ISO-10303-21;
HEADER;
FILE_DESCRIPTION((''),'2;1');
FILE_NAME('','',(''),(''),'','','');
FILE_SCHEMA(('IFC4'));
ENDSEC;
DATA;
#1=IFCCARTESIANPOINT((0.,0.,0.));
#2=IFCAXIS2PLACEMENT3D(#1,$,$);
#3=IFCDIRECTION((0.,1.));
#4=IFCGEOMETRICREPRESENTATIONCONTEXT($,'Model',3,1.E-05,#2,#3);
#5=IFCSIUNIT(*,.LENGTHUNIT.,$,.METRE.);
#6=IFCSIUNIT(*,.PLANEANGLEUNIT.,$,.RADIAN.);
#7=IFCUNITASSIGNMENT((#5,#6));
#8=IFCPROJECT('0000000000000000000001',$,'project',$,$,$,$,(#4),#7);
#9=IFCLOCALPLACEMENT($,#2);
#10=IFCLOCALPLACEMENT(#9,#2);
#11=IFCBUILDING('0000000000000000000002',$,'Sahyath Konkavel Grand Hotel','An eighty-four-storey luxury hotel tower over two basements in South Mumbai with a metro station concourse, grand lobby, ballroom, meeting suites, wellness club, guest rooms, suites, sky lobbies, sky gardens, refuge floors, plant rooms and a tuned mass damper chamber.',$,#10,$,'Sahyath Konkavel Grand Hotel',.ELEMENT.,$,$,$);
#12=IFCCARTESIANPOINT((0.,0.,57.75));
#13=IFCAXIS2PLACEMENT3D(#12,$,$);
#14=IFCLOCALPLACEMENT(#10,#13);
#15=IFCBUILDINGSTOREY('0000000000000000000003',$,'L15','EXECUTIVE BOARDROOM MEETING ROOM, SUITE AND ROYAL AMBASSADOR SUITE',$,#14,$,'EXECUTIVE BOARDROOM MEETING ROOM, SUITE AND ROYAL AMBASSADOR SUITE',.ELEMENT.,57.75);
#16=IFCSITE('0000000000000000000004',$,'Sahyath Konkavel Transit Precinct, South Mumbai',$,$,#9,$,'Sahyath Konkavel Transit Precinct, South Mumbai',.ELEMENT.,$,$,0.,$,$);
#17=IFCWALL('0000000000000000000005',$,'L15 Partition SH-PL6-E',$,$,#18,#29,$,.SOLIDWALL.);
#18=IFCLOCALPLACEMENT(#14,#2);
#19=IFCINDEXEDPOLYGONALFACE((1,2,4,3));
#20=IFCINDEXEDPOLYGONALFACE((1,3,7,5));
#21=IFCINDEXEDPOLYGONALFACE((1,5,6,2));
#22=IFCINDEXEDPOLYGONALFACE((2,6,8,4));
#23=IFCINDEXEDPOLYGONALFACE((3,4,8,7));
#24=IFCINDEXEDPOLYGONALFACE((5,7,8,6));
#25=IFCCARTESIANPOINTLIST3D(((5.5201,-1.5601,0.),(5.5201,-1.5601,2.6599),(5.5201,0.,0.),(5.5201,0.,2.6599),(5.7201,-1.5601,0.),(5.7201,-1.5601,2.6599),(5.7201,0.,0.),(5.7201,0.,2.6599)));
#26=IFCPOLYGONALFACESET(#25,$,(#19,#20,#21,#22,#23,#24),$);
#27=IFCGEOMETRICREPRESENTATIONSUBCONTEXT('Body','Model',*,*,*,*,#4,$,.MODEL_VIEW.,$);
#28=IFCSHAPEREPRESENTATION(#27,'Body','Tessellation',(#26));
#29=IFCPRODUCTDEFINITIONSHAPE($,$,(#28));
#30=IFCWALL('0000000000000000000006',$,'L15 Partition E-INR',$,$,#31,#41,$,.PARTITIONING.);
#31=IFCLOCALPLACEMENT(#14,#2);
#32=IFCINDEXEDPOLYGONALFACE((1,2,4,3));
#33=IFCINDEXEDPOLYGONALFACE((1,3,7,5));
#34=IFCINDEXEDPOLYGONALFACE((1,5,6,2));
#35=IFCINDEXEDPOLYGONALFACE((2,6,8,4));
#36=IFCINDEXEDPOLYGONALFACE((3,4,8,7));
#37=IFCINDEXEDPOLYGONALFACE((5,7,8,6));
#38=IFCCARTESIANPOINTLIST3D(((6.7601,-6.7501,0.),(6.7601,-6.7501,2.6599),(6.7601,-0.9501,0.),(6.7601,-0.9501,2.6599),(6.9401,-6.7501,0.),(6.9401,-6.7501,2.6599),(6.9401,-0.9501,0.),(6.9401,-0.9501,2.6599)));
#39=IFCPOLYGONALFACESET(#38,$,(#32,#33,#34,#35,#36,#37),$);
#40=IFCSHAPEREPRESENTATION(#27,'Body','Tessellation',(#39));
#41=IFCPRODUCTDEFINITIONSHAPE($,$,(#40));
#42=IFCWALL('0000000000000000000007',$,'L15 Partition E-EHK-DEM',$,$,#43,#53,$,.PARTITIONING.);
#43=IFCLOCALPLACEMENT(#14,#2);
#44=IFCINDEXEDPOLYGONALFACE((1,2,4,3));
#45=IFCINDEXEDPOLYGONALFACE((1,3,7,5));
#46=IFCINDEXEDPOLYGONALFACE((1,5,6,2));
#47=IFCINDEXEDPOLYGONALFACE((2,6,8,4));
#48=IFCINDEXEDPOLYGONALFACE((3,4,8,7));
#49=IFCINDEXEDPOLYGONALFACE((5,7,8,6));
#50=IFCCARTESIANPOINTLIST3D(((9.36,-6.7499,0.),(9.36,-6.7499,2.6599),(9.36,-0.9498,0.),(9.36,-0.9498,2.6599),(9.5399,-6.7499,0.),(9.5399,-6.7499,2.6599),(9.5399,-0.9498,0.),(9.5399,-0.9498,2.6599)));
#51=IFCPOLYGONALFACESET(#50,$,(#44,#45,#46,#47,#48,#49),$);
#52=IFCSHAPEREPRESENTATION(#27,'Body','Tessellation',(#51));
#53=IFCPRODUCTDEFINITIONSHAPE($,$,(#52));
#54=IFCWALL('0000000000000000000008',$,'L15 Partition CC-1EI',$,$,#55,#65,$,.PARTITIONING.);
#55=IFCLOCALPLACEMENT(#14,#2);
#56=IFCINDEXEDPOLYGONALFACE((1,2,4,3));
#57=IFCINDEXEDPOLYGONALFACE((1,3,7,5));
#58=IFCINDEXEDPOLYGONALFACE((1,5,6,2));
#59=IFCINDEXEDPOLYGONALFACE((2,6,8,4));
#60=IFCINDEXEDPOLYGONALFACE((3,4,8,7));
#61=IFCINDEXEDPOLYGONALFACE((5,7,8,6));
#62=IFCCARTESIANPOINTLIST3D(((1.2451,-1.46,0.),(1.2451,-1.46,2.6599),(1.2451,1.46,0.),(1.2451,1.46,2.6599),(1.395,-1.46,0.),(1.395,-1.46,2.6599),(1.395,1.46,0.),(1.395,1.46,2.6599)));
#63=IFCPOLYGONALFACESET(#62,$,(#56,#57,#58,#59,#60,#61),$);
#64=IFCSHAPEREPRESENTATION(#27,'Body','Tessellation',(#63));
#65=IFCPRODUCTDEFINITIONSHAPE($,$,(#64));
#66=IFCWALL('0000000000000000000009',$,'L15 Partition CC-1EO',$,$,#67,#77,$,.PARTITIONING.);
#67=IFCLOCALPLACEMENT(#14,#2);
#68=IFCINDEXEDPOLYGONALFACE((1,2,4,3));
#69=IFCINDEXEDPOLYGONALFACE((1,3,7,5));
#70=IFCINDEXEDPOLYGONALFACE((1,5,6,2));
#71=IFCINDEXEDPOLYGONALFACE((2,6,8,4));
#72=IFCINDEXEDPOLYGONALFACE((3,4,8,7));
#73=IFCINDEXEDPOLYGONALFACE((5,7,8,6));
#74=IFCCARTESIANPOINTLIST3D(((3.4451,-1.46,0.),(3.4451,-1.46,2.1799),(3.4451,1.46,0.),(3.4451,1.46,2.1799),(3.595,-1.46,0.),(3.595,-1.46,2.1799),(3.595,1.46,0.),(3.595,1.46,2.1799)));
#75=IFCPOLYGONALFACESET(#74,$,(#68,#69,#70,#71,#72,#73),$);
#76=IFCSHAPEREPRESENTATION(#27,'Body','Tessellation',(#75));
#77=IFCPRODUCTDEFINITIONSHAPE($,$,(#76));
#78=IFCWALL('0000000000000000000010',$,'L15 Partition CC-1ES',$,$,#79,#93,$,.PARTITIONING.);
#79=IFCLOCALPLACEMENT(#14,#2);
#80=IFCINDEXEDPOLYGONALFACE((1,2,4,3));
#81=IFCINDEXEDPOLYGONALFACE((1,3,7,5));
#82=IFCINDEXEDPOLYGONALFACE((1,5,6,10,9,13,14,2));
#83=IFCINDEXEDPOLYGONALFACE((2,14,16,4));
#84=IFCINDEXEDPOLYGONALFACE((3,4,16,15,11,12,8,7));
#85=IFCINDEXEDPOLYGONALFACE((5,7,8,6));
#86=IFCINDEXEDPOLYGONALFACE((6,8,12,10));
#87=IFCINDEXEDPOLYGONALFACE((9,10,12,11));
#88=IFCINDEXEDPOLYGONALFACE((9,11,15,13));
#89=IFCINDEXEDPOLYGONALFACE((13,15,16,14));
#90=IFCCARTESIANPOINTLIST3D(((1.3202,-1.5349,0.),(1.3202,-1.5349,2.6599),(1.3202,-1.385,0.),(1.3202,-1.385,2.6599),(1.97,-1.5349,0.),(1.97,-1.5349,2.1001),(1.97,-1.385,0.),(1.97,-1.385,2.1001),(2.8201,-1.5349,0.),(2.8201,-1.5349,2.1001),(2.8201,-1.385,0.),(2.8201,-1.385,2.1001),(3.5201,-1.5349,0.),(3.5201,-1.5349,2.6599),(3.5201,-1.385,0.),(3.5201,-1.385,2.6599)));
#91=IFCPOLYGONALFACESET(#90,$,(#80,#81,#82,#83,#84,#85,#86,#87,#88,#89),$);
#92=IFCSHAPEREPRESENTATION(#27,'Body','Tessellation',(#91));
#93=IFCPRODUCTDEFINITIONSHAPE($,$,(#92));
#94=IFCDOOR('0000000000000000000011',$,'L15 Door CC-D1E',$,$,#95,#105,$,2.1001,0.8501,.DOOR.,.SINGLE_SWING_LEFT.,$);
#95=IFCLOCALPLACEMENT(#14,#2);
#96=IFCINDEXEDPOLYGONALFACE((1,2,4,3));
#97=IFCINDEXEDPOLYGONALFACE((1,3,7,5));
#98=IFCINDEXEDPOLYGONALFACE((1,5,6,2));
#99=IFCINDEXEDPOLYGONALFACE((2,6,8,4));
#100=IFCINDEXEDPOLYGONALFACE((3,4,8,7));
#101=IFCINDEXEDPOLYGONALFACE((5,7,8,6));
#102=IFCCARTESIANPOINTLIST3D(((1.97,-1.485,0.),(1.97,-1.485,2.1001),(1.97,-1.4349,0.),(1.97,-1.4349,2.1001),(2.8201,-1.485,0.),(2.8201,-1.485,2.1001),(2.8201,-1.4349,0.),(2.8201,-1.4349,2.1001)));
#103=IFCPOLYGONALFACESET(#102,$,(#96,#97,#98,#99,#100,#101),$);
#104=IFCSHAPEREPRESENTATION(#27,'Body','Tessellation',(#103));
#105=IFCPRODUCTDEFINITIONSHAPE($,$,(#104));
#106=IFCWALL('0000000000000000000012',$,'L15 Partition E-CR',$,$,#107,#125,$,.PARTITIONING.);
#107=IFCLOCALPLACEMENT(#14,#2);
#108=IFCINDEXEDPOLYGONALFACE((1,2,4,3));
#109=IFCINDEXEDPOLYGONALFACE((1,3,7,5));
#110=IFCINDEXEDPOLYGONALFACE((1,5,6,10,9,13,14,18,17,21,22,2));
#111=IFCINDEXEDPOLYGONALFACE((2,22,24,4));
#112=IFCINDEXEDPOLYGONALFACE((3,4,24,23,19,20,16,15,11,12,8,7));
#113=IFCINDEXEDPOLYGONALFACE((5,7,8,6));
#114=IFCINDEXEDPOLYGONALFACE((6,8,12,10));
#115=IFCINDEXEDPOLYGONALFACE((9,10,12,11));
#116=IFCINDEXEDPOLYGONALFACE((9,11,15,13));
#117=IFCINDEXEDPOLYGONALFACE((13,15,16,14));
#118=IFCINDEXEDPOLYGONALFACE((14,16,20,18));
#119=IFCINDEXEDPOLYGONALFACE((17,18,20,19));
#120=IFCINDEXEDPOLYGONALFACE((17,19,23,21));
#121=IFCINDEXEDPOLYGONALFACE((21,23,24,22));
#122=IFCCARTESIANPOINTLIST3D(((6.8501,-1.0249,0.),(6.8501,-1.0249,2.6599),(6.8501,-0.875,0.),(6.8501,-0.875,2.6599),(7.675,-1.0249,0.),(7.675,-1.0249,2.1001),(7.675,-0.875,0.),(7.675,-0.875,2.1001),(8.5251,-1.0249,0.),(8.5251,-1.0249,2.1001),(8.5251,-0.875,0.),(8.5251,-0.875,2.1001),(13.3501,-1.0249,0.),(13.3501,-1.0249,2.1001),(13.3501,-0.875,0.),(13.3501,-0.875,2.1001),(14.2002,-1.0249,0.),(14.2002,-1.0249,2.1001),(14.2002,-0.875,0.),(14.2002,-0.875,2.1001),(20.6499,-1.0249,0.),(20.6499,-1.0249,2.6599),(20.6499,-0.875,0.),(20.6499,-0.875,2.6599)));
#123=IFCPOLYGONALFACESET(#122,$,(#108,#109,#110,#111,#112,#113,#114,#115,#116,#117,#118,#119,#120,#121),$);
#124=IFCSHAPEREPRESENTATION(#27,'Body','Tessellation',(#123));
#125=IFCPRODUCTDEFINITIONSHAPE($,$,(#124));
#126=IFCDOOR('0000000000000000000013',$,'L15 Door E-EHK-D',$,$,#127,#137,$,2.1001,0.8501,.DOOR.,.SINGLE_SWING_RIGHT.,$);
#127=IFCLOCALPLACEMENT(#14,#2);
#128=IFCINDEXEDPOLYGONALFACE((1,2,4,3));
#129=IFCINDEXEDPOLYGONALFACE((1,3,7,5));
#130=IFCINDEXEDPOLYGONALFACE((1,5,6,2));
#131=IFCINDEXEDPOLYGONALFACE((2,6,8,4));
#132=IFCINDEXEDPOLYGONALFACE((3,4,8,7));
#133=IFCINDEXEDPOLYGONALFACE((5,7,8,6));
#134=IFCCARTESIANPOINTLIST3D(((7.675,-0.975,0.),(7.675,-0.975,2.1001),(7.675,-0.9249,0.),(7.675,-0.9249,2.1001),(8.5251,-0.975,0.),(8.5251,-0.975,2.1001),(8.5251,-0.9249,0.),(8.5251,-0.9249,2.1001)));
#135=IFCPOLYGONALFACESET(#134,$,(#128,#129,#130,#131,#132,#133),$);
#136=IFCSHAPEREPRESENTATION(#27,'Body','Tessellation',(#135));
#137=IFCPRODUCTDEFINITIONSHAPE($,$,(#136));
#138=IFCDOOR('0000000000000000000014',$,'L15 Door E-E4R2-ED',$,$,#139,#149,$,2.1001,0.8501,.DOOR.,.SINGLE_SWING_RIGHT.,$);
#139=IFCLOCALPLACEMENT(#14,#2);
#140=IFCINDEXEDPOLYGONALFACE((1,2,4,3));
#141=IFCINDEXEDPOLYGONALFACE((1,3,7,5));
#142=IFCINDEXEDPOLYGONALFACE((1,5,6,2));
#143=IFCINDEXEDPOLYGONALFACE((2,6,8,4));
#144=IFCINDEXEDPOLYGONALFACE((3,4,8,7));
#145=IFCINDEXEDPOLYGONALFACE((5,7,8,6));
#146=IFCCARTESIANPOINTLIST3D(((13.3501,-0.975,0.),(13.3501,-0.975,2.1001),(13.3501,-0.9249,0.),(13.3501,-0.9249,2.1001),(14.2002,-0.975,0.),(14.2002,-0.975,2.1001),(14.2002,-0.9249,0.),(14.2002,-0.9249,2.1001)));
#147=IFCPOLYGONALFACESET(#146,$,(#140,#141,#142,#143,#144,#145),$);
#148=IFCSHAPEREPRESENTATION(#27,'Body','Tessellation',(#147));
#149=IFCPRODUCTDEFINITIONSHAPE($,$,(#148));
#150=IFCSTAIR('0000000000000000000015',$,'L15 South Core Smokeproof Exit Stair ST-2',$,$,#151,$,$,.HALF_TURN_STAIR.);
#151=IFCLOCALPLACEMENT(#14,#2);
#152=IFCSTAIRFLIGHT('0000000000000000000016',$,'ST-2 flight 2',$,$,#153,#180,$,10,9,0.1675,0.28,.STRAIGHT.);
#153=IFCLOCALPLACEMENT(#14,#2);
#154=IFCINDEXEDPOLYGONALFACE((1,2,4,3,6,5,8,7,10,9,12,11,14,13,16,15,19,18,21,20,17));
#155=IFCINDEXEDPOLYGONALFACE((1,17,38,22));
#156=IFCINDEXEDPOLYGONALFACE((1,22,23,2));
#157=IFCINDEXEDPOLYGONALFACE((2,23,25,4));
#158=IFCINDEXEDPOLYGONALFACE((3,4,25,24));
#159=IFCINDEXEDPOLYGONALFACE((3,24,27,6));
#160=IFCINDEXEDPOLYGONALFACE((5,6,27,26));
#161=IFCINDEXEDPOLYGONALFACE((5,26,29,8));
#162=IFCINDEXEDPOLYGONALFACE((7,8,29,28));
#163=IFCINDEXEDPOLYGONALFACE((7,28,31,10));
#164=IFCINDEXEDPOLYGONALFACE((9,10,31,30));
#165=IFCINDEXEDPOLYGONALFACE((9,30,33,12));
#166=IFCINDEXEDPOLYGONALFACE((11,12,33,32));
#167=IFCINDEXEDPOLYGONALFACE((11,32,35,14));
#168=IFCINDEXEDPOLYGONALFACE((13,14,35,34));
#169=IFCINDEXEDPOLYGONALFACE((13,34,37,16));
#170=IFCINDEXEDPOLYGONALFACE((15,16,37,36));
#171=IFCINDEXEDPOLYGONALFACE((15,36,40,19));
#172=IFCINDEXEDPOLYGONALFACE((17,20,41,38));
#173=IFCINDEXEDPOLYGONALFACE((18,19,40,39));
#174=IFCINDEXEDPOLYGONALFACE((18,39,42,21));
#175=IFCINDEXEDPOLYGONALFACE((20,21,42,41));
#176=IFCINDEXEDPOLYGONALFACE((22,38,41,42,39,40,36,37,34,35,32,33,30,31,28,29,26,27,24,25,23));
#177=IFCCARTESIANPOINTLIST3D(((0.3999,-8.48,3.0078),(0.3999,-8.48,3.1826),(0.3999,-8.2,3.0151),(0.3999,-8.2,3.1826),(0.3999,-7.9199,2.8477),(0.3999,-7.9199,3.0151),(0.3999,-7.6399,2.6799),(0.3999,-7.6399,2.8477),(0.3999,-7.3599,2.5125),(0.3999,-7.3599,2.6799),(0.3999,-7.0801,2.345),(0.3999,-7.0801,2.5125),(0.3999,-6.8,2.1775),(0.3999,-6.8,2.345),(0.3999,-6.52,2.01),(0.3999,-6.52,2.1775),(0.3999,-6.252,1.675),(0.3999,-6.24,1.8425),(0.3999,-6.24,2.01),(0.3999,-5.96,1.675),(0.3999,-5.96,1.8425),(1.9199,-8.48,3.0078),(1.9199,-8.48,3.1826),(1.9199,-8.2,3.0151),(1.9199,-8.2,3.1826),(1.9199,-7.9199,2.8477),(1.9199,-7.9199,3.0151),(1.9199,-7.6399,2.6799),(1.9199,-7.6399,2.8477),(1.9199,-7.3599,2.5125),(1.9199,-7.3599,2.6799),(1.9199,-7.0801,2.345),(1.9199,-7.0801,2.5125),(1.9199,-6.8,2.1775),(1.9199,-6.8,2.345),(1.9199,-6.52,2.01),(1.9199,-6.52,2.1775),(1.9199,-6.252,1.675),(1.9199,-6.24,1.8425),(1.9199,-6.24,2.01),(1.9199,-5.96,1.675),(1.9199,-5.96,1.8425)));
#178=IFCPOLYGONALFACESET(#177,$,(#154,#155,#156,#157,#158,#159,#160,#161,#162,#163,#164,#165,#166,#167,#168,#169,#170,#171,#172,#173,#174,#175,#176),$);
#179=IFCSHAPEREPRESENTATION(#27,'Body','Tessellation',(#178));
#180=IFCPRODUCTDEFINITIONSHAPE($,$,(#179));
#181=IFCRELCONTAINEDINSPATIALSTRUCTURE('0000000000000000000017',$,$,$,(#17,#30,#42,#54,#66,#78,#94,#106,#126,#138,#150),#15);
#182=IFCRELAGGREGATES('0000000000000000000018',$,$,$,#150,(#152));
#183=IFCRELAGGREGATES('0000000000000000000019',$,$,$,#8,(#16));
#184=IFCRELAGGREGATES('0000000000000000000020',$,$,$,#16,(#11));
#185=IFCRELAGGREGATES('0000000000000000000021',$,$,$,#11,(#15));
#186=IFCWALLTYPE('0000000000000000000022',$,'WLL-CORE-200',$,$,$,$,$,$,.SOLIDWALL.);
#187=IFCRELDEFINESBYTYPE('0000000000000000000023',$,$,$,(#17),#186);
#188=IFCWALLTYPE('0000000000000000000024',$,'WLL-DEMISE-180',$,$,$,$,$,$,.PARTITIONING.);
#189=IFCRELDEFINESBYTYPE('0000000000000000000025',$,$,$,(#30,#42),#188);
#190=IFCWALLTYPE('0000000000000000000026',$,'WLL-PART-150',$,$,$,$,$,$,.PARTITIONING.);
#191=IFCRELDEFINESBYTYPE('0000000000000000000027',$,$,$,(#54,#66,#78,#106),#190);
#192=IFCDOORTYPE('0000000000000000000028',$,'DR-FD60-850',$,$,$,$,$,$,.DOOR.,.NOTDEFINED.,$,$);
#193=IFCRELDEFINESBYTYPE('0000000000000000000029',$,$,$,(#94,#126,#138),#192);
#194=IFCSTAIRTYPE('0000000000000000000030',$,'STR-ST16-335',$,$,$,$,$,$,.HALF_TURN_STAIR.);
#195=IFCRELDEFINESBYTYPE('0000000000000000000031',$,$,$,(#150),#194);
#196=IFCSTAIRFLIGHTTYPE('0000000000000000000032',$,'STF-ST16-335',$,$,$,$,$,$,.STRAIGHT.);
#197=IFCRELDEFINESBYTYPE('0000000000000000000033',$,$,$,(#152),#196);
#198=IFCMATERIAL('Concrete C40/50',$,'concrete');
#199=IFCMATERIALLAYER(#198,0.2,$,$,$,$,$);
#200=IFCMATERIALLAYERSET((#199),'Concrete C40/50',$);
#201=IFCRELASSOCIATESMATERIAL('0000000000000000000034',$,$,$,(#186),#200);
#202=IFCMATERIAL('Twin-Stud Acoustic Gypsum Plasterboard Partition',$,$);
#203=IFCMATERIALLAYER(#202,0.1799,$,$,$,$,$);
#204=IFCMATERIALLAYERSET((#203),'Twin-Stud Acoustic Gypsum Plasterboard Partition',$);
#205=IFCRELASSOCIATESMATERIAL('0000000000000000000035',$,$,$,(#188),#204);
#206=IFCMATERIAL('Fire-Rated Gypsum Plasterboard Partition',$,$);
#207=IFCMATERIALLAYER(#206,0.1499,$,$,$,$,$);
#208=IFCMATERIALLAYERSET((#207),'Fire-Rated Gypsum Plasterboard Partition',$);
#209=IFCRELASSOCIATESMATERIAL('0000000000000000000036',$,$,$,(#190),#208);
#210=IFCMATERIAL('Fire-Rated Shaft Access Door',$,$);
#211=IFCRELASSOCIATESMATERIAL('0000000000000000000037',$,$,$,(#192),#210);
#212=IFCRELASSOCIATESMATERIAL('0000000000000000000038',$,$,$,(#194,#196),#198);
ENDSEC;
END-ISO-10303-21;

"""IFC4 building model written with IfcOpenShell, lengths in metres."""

from ifc_helpers import new_model, si_unit, direction, frame, frame_2d, origin, origin_2d, place, context, subcontext, project, spatial, polyline, rectangle, outline, extrude, source, transform, mapped, material, layer, layer_set, type_object, element, fill, aggregate, save


model = new_model("IFC4")

# Units and contexts
model_context = context("Model", 3, precision=1e-05, world=origin(), true_north=direction((0.0, 1.0)))
body_context = subcontext(model_context, "Body", "Model", "MODEL_VIEW")
ifc_project = project(units=[si_unit("LENGTHUNIT", "METRE"), si_unit("PLANEANGLEUNIT", "RADIAN")], contexts=[model_context])

# Site, building, storey
site_placement = place(None, origin())
site = spatial("IfcSite", under=ifc_project, at=site_placement, Name="Sahyath Konkavel Transit Precinct, South Mumbai", LongName="Sahyath Konkavel Transit Precinct, South Mumbai", CompositionType="ELEMENT", RefElevation=0.0)
building_placement = place(site_placement, origin())
building = spatial("IfcBuilding", under=site, at=building_placement, Name="Sahyath Konkavel Grand Hotel", Description="An eighty-four-storey luxury hotel tower over two basements in South Mumbai with a metro station concourse, grand lobby, ballroom, meeting suites, wellness club, guest rooms, suites, sky lobbies, sky gardens, refuge floors, plant rooms and a tuned mass damper chamber.", LongName="Sahyath Konkavel Grand Hotel", CompositionType="ELEMENT")
storey_placement = place(building_placement, frame((0.0, 0.0, 57.75)))
storey = spatial("IfcBuildingStorey", under=building, at=storey_placement, Name="L15", Description="EXECUTIVE BOARDROOM MEETING ROOM, SUITE AND ROYAL AMBASSADOR SUITE", LongName="EXECUTIVE BOARDROOM MEETING ROOM, SUITE AND ROYAL AMBASSADOR SUITE", CompositionType="ELEMENT", Elevation=57.75)

# Shared definitions
ifc_material_1 = material(Name="Concrete C40/50", Category="concrete")

# Walls
ifc_layer_1 = layer(ifc_material_1, 0.2)
ifc_layer_set_1 = layer_set([ifc_layer_1], Name="Concrete C40/50")
wall_type_1 = type_object("IfcWallType", Name="WLL-CORE-200", PredefinedType="SOLIDWALL", material=ifc_layer_set_1)
wall_1_placement = place(storey_placement, frame((5.6201, -1.5601, 0.0), z_axis=(0.0, 0.0, 1.0), x_axis=(0.0, 1.0, 0.0)))
element("IfcWall", 1, at=wall_1_placement, inside=storey, type_object=wall_type_1, Name="L15 Partition SH-PL6-E", PredefinedType="SOLIDWALL", context=body_context, shape_type="SweptSolid", body=[
    extrude(rectangle(XDim=1.5601, YDim=0.2, at=frame_2d((0.78, 0.0))), origin(), (0.0, 0.0, 1.0), 2.6599),
])
ifc_material_2 = material(Name="Twin-Stud Acoustic Gypsum Plasterboard Partition")
ifc_layer_2 = layer(ifc_material_2, 0.1799)
ifc_layer_set_2 = layer_set([ifc_layer_2], Name="Twin-Stud Acoustic Gypsum Plasterboard Partition")
wall_type_2 = type_object("IfcWallType", Name="WLL-DEMISE-180", PredefinedType="PARTITIONING", material=ifc_layer_set_2)
for number, where, z_axis, x_axis, name in (
    (2, (6.8501, -6.75, 0.0), (0.0, 0.0, 1.0), (0.0, 1.0, 0.0), "L15 Partition E-INR"),
    (3, (9.45, -0.95, 0.0), (0.0, 0.0, 1.0), (0.0, -1.0, 0.0), "L15 Partition E-EHK-DEM"),
):
    element("IfcWall", number, at=place(storey_placement, frame(where, z_axis=z_axis, x_axis=x_axis)), inside=storey, type_object=wall_type_2, Name=name, PredefinedType="PARTITIONING", context=body_context, shape_type="SweptSolid", body=[
        extrude(rectangle(XDim=5.8, YDim=0.1799, at=frame_2d((2.8999, 0.0))), origin(), (0.0, 0.0, 1.0), 2.6599),
    ])
ifc_material_3 = material(Name="Fire-Rated Gypsum Plasterboard Partition")
ifc_layer_3 = layer(ifc_material_3, 0.1499)
ifc_layer_set_3 = layer_set([ifc_layer_3], Name="Fire-Rated Gypsum Plasterboard Partition")
wall_type_3 = type_object("IfcWallType", Name="WLL-PART-150", PredefinedType="PARTITIONING", material=ifc_layer_set_3)
wall_2_placement = place(storey_placement, frame((1.3201, -1.46, 0.0), z_axis=(0.0, 0.0, 1.0), x_axis=(0.0, 1.0, 0.0)))
element("IfcWall", 4, at=wall_2_placement, inside=storey, type_object=wall_type_3, Name="L15 Partition CC-1EI", PredefinedType="PARTITIONING", context=body_context, shape_type="SweptSolid", body=[
    extrude(rectangle(XDim=2.9199, YDim=0.1499, at=frame_2d((1.46, 0.0))), origin(), (0.0, 0.0, 1.0), 2.6599),
])
wall_3_placement = place(storey_placement, frame((3.52, -1.46, 0.0), z_axis=(0.0, 0.0, 1.0), x_axis=(0.0, 1.0, 0.0)))
element("IfcWall", 5, at=wall_3_placement, inside=storey, type_object=wall_type_3, Name="L15 Partition CC-1EO", PredefinedType="PARTITIONING", context=body_context, shape_type="SweptSolid", body=[
    extrude(rectangle(XDim=2.9199, YDim=0.1499, at=frame_2d((1.46, 0.0))), origin(), (0.0, 0.0, 1.0), 2.1799),
])

# Wall, opening, door
wall_4_placement = place(storey_placement, frame((1.3201, -1.46, 0.0), z_axis=(0.0, 0.0, 1.0), x_axis=(1.0, 0.0, 0.0)))
wall_4 = element("IfcWall", 6, at=wall_4_placement, inside=storey, type_object=wall_type_3, Name="L15 Partition CC-1ES", PredefinedType="PARTITIONING", context=body_context, shape_type="SweptSolid", body=[
    extrude(rectangle(XDim=2.2, YDim=0.1499, at=frame_2d((1.1001, 0.0))), origin(), (0.0, 0.0, 1.0), 2.6599),
])
opening_1_placement = place(wall_4_placement, frame((0.6499, 0.0, 0.0)))
opening_1 = element("IfcOpeningElement", 7, at=opening_1_placement, cuts=wall_4, PredefinedType="OPENING", context=body_context, shape_type="SweptSolid", body=[
    extrude(rectangle(XDim=0.8501, YDim=2.1001, at=frame_2d((0.425, 1.05))), frame((0.0, 0.085, 0.0), z_axis=(0.0, -1.0, 0.0), x_axis=(1.0, 0.0, 0.0)), (0.0, 0.0, 1.0), 0.1699),
])
ifc_material_4 = material(Name="Fire-Rated Shaft Access Door")
door_type = type_object("IfcDoorType", Name="DR-FD60-850", OperationType="NOTDEFINED", PredefinedType="DOOR", material=ifc_material_4)
shared_shape_1 = source(origin(), body_context, "Body", "SweptSolid", [
    extrude(rectangle(XDim=0.8501, YDim=0.05, at=origin_2d()), origin(), (0.0, 0.0, 1.0), 2.1001),
])
door_1_placement = place(opening_1_placement, frame((0.425, 0.0, 0.0)))
door_1 = element("IfcDoor", 8, at=door_1_placement, inside=storey, type_object=door_type, Name="L15 Door CC-D1E", OperationType="SINGLE_SWING_LEFT", OverallHeight=2.1001, OverallWidth=0.8501, PredefinedType="DOOR", context=body_context, shape_type="MappedRepresentation", body=[
    mapped(shared_shape_1, transform((0.0, 0.0, 0.0), scale=1.0)),
])
fill(opening_1, door_1)

# Wall, openings, doors
wall_5_placement = place(storey_placement, frame((6.8501, -0.95, 0.0), z_axis=(0.0, 0.0, 1.0), x_axis=(1.0, 0.0, 0.0)))
wall_5 = element("IfcWall", 9, at=wall_5_placement, inside=storey, type_object=wall_type_3, Name="L15 Partition E-CR", PredefinedType="PARTITIONING", context=body_context, shape_type="SweptSolid", body=[
    extrude(rectangle(XDim=13.7998, YDim=0.1499, at=frame_2d((6.8999, 0.0))), origin(), (0.0, 0.0, 1.0), 2.6599),
])
opening_2_placement = place(wall_5_placement, frame((0.825, 0.0, 0.0)))
opening_2 = element("IfcOpeningElement", 10, at=opening_2_placement, cuts=wall_5, PredefinedType="OPENING", context=body_context, shape_type="SweptSolid", body=[
    extrude(rectangle(XDim=0.8501, YDim=2.1001, at=frame_2d((0.425, 1.05))), frame((0.0, 0.085, 0.0), z_axis=(0.0, -1.0, 0.0), x_axis=(1.0, 0.0, 0.0)), (0.0, 0.0, 1.0), 0.1699),
])
opening_3_placement = place(wall_5_placement, frame((6.5, 0.0, 0.0)))
opening_3 = element("IfcOpeningElement", 11, at=opening_3_placement, cuts=wall_5, PredefinedType="OPENING", context=body_context, shape_type="SweptSolid", body=[
    extrude(rectangle(XDim=0.8501, YDim=2.1001, at=frame_2d((0.425, 1.05))), frame((0.0, 0.085, 0.0), z_axis=(0.0, -1.0, 0.0), x_axis=(1.0, 0.0, 0.0)), (0.0, 0.0, 1.0), 0.1699),
])
door_2_placement = place(opening_2_placement, frame((0.425, 0.0, 0.0)))
door_2 = element("IfcDoor", 12, at=door_2_placement, inside=storey, type_object=door_type, Name="L15 Door E-EHK-D", OperationType="SINGLE_SWING_RIGHT", OverallHeight=2.1001, OverallWidth=0.8501, PredefinedType="DOOR", context=body_context, shape_type="MappedRepresentation", body=[
    mapped(shared_shape_1, transform((0.0, 0.0, 0.0), scale=1.0)),
])
fill(opening_2, door_2)
door_3_placement = place(opening_3_placement, frame((0.425, 0.0, 0.0)))
door_3 = element("IfcDoor", 13, at=door_3_placement, inside=storey, type_object=door_type, Name="L15 Door E-E4R2-ED", OperationType="SINGLE_SWING_RIGHT", OverallHeight=2.1001, OverallWidth=0.8501, PredefinedType="DOOR", context=body_context, shape_type="MappedRepresentation", body=[
    mapped(shared_shape_1, transform((0.0, 0.0, 0.0), scale=1.0)),
])
fill(opening_3, door_3)

# Stair, stair flight
stair_type = type_object("IfcStairType", Name="STR-ST16-335", PredefinedType="HALF_TURN_STAIR", material=ifc_material_1)
stair_placement = place(storey_placement, origin())
stair = element("IfcStair", 14, at=stair_placement, inside=storey, type_object=stair_type, Name="L15 South Core Smokeproof Exit Stair ST-2", PredefinedType="HALF_TURN_STAIR")
stair_flight_type = type_object("IfcStairFlightType", Name="STF-ST16-335", PredefinedType="STRAIGHT", material=ifc_material_1)
stair_flight_placement = place(storey_placement, frame((1.1599, -5.96, 1.675), z_axis=(0.0, 0.0, 1.0), x_axis=(0.0, -1.0, 0.0)))
stair_flight = element("IfcStairFlight", 15, at=stair_flight_placement, type_object=stair_flight_type, Name="ST-2 flight 2", NumberOfRisers=10, NumberOfTreads=9, PredefinedType="STRAIGHT", RiserHeight=0.1675, TreadLength=0.28, context=body_context, shape_type="SweptSolid", body=[
    extrude(outline(polyline([(0.0, 0.0), (0.0, 0.1675), (0.28, 0.1675), (0.28, 0.335), (0.5601, 0.335), (0.5601, 0.5024), (0.8401, 0.5024), (0.8401, 0.6699), (1.1201, 0.6699), (1.1201, 0.8374), (1.3999, 0.8374), (1.3999, 1.0049), (1.6799, 1.0049), (1.6799, 1.1726), (1.96, 1.1726), (1.96, 1.3401), (2.24, 1.3401), (2.24, 1.5076), (2.52, 1.5076), (2.52, 1.675), (2.52, 1.3328), (0.292, 0.0), (0.0, 0.0)])), frame((0.0, 0.76, 0.0), z_axis=(0.0, -1.0, 0.0), x_axis=(1.0, 0.0, 0.0)), (0.0, 0.0, 1.0), 1.52),
])
aggregate(stair, [stair_flight])

save(model, "model.ifc")
